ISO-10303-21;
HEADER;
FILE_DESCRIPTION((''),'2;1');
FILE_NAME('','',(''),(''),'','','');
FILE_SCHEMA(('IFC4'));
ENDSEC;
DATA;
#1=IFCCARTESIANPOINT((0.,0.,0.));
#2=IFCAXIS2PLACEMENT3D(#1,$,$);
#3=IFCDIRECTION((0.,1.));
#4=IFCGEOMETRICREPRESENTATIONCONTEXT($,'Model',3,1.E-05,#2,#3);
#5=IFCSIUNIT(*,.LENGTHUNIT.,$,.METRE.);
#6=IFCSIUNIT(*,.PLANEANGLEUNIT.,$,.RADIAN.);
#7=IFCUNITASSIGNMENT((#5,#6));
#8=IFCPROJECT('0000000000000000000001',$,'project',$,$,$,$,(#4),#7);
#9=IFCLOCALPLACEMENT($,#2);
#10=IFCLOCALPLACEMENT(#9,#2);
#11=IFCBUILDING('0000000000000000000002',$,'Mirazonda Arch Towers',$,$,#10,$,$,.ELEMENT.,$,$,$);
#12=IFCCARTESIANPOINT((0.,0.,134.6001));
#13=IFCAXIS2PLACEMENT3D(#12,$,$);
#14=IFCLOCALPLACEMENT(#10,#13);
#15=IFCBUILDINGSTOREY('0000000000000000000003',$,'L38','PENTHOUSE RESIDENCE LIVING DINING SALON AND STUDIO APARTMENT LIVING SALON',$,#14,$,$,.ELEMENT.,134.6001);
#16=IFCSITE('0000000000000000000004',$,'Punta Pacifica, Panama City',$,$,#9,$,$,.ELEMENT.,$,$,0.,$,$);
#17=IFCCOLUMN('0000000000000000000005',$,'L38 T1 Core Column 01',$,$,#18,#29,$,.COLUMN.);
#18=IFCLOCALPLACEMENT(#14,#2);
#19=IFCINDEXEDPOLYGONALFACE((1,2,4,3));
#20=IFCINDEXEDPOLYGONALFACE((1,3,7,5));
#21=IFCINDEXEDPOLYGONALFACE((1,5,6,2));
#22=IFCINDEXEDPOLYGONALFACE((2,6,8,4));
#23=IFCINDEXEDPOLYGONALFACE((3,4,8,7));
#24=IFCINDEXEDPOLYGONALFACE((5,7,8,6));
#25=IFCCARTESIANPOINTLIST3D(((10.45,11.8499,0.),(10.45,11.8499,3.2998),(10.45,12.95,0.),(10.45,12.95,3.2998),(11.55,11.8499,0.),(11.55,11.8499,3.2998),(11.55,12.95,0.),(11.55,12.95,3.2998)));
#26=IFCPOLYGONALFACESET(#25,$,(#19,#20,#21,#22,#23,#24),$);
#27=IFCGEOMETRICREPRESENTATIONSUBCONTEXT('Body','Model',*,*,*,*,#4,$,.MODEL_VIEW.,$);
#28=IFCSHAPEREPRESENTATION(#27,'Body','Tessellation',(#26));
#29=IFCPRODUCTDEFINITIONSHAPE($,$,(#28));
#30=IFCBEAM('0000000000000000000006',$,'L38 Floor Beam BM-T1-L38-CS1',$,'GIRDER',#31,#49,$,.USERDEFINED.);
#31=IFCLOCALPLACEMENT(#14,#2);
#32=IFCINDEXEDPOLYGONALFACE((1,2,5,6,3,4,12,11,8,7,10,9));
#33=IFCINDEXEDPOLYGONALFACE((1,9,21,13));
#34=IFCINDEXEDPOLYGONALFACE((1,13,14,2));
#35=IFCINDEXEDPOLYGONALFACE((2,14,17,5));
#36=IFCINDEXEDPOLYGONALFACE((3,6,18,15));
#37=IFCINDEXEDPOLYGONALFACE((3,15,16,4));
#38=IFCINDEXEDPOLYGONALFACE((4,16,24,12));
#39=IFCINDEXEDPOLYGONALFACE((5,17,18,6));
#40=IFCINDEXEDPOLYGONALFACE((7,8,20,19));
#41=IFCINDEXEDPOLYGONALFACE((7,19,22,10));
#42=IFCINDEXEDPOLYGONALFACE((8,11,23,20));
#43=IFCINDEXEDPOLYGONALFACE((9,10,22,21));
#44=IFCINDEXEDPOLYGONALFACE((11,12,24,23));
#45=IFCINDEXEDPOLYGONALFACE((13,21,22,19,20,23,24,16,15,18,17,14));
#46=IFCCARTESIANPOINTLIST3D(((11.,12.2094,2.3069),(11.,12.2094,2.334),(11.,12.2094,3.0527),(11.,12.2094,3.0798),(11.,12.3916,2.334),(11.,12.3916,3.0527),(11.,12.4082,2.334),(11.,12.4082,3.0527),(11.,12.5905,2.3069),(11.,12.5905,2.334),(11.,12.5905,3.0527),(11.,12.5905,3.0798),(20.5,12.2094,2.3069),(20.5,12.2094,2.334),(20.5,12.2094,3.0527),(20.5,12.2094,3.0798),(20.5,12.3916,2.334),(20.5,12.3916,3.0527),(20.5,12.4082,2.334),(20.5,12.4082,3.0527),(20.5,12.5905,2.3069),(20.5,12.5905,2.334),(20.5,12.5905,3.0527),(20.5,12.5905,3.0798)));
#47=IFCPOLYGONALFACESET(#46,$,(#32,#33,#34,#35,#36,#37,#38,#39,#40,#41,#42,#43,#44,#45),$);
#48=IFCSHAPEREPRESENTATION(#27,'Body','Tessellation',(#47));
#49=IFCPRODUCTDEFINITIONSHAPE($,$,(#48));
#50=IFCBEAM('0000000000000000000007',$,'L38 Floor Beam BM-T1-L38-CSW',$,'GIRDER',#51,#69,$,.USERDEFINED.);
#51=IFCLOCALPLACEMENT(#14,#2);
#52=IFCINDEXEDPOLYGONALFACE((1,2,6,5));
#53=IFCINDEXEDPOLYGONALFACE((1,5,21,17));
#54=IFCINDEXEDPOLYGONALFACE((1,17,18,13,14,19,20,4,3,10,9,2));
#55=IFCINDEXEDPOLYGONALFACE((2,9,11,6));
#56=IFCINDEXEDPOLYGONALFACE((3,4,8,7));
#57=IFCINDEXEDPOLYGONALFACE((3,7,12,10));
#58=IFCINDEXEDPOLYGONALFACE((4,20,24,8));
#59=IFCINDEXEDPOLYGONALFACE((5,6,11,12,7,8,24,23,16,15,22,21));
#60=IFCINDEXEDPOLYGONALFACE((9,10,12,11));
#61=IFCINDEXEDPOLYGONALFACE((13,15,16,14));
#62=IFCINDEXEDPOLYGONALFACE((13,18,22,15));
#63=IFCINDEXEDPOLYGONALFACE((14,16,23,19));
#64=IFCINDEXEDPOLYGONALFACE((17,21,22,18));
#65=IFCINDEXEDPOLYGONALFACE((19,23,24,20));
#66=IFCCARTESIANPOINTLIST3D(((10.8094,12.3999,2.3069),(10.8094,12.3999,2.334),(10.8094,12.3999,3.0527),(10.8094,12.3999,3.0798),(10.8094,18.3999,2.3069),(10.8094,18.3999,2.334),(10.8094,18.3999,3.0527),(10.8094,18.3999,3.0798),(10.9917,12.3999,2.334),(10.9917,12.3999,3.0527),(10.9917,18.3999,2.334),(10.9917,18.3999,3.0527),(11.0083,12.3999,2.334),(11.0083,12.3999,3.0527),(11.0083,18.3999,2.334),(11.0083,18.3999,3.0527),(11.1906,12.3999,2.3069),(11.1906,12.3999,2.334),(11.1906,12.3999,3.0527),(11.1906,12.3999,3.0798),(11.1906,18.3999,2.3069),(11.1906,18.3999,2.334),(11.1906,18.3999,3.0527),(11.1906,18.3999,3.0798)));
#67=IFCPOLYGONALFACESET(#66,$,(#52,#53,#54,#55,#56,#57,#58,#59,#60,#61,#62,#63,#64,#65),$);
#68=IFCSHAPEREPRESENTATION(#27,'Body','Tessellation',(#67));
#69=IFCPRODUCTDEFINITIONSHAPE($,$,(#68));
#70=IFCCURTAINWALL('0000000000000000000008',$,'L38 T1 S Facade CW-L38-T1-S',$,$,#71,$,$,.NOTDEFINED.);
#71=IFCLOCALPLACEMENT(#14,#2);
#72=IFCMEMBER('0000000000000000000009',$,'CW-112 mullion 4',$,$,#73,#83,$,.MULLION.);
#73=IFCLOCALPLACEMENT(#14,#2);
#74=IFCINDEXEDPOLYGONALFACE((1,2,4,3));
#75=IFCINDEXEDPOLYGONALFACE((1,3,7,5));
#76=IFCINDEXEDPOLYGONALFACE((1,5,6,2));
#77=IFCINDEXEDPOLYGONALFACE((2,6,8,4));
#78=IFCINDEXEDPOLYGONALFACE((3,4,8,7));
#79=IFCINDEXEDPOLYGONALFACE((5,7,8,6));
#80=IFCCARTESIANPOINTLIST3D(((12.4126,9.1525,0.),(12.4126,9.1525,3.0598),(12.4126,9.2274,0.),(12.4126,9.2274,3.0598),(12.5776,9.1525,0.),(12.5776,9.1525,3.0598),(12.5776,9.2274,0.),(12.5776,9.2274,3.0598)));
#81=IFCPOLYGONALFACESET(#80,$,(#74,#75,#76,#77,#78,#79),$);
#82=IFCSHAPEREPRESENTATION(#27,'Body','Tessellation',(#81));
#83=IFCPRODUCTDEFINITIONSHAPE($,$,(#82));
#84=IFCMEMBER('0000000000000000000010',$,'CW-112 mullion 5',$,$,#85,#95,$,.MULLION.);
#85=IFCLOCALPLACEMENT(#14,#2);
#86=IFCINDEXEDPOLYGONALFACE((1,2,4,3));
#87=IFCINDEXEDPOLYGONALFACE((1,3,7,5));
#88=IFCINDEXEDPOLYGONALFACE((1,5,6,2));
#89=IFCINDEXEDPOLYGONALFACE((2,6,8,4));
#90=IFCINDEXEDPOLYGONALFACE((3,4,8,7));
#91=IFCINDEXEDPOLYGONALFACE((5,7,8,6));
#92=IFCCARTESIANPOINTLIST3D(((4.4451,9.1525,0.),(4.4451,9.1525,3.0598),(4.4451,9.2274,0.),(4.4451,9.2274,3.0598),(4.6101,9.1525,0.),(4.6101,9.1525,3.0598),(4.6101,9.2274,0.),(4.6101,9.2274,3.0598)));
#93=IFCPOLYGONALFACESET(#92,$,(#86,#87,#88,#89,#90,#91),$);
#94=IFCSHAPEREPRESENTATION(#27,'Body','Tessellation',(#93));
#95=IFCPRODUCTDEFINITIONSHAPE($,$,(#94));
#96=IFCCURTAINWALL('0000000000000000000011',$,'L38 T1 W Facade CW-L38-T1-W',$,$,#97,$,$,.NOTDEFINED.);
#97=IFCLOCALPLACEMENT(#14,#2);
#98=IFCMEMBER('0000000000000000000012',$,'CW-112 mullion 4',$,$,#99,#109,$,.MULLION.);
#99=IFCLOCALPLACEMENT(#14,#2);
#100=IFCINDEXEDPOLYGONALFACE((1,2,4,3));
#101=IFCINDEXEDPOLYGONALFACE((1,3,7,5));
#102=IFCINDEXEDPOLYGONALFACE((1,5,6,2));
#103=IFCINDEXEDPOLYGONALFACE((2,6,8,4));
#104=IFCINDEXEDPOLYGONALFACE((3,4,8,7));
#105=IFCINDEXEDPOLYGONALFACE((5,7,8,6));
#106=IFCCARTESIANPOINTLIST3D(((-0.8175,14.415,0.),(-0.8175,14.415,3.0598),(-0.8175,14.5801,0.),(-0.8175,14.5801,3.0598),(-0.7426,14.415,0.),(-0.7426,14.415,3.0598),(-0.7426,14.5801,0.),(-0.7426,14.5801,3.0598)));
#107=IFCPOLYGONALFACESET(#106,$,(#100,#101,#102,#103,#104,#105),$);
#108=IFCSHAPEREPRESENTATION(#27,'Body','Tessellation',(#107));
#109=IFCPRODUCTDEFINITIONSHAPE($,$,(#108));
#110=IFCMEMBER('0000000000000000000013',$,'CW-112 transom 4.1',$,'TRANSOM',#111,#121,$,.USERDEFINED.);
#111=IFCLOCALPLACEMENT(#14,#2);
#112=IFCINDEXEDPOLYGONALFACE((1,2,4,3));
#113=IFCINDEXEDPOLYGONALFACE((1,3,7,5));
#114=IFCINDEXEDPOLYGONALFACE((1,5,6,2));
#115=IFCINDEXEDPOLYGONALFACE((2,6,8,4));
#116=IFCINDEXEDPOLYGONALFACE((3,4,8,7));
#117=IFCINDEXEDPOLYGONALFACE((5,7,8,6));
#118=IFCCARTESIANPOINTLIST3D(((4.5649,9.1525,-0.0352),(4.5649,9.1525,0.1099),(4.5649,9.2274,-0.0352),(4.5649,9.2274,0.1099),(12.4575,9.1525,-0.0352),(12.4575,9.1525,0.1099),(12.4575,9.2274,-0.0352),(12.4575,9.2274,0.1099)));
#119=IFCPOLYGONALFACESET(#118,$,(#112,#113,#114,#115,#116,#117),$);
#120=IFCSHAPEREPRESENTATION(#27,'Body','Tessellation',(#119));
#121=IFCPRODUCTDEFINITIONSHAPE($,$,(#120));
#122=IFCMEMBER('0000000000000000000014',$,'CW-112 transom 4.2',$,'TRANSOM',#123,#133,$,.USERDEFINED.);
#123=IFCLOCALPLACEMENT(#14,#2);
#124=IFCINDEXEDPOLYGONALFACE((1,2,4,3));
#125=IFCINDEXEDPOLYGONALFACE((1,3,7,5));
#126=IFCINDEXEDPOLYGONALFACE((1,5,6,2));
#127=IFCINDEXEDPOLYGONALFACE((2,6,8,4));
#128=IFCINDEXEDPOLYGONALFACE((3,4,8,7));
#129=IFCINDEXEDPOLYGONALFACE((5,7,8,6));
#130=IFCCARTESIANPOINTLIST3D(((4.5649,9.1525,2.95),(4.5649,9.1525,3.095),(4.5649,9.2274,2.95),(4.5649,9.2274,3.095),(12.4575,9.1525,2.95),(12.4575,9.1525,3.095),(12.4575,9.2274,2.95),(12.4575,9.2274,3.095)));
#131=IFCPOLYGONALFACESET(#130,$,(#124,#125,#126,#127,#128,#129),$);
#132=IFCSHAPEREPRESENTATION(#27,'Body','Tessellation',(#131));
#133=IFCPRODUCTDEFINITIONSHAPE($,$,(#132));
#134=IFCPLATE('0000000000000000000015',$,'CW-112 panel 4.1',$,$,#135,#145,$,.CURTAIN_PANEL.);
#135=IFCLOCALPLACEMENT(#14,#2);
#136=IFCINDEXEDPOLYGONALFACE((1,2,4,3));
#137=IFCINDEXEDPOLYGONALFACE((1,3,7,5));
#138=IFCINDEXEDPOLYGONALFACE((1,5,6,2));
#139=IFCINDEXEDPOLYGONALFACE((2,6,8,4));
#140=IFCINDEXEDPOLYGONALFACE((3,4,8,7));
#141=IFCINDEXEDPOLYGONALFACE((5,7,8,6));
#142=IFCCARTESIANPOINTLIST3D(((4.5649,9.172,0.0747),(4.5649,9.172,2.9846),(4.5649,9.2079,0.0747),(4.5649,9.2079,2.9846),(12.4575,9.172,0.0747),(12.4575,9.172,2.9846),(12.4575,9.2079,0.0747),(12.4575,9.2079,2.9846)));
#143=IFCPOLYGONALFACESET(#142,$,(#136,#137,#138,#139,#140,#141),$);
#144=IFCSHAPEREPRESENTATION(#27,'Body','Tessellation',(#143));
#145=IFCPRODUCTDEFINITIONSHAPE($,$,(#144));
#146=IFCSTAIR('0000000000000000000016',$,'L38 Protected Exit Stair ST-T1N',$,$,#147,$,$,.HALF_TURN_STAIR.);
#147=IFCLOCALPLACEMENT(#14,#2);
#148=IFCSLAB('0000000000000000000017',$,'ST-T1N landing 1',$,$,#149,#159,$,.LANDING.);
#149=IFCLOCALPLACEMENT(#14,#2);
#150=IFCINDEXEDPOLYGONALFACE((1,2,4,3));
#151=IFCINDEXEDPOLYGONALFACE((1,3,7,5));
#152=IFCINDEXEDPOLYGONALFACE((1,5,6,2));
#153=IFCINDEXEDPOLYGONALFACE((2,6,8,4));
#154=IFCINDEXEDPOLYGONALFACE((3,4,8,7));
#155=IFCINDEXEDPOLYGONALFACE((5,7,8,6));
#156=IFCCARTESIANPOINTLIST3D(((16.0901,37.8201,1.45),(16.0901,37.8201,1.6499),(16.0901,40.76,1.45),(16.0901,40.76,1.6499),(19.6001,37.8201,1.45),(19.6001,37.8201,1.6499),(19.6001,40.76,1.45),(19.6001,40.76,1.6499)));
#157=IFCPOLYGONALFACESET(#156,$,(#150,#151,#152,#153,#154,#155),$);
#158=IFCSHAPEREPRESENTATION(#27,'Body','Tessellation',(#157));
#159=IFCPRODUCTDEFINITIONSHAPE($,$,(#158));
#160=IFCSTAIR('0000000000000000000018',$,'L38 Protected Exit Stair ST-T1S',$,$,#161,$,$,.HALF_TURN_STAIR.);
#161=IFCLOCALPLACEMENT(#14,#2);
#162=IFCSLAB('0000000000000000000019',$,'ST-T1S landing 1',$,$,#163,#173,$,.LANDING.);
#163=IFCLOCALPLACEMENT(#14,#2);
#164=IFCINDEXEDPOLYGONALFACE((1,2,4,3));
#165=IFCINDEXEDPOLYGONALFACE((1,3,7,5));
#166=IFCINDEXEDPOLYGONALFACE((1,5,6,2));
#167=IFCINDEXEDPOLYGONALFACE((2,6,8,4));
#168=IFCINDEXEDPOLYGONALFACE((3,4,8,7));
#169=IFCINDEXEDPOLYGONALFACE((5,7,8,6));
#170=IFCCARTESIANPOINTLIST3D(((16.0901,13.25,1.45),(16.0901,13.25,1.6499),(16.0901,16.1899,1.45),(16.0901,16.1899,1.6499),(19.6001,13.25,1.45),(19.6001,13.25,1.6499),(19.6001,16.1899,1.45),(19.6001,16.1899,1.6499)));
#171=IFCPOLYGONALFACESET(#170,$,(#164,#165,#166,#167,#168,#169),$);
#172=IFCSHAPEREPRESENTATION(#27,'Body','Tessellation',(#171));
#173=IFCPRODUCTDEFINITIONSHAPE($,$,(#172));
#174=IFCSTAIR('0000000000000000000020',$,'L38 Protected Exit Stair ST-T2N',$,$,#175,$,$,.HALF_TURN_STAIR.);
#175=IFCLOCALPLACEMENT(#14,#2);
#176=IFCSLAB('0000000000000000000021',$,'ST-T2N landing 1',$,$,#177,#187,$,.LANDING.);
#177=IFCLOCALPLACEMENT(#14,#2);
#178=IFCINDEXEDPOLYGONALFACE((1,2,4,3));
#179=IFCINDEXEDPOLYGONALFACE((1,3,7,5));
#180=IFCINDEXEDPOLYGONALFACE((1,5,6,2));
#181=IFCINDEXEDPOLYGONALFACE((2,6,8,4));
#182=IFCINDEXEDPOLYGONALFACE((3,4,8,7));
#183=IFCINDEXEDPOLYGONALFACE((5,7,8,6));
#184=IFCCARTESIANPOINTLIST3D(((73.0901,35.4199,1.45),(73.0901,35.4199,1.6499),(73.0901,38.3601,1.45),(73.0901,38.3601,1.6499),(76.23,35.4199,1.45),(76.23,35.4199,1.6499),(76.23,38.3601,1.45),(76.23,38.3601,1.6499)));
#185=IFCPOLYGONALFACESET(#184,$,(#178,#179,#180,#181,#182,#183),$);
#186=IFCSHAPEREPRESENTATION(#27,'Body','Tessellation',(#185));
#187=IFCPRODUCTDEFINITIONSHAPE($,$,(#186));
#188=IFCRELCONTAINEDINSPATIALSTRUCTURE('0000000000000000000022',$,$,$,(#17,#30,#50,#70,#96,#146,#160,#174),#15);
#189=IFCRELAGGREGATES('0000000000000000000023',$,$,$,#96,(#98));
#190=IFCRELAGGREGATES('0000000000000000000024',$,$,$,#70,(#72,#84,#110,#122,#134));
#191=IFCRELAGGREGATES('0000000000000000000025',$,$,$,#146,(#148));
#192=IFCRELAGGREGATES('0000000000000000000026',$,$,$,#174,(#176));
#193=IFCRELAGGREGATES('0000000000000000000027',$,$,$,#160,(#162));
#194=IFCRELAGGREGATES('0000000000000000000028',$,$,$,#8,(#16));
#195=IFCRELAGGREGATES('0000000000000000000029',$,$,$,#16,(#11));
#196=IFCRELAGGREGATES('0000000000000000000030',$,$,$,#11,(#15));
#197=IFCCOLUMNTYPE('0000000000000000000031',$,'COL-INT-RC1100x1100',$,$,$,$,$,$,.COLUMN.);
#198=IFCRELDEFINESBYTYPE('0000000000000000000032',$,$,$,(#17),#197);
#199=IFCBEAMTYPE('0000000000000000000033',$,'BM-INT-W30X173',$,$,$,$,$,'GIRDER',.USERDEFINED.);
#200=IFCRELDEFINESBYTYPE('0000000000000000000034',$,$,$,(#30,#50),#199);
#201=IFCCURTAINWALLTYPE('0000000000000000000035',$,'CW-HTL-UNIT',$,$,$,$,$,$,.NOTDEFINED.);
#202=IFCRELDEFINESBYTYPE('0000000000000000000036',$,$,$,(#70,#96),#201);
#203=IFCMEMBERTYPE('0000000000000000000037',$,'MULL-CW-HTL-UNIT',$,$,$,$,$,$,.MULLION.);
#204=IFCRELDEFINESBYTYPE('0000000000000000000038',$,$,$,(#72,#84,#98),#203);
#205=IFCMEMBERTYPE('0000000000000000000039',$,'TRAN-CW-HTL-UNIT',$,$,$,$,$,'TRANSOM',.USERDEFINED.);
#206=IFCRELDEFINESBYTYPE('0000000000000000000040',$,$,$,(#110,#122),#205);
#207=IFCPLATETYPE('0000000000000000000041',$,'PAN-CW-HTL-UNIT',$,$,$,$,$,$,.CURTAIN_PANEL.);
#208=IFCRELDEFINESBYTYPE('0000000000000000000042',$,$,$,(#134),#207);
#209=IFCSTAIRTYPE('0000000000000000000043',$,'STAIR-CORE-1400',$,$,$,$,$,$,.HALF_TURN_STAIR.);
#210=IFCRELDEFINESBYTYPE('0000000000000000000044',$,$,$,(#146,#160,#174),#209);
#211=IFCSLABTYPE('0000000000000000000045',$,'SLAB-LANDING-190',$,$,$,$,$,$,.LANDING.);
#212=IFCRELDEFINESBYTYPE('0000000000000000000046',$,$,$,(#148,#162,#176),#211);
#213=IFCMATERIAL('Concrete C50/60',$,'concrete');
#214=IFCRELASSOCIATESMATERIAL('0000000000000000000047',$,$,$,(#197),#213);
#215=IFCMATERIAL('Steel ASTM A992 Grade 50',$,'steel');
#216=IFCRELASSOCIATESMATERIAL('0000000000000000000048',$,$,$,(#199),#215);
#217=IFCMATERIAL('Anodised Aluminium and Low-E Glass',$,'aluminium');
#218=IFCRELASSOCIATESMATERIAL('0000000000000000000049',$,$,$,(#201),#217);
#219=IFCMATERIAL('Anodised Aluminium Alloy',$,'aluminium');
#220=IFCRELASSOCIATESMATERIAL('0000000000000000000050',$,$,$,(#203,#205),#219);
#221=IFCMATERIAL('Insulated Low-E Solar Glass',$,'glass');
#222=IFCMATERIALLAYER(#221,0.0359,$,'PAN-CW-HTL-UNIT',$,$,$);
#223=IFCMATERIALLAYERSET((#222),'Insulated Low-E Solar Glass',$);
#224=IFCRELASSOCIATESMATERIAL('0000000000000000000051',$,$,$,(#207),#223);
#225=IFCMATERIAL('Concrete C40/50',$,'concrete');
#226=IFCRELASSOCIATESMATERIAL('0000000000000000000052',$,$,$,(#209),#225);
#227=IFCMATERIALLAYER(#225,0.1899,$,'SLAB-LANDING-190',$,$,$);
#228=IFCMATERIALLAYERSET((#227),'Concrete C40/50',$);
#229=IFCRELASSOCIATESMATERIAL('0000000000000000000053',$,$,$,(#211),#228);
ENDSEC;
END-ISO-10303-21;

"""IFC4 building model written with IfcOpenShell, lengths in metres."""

from ifc_helpers import new_model, si_unit, direction, frame, origin, origin_2d, place, context, subcontext, project, spatial, polyline, rectangle, i_section, outline, extrude, material, layer, layer_set, material_profile, profile_set, type_object, element, aggregate, save


model = new_model("IFC4")

# Units and contexts
model_context = context("Model", 3, precision=1e-05, world=origin(), true_north=direction((0.0, 1.0)))
body_context = subcontext(model_context, "Body", "Model", "MODEL_VIEW")
ifc_project = project(units=[si_unit("LENGTHUNIT", "METRE"), si_unit("PLANEANGLEUNIT", "RADIAN")], contexts=[model_context])

# Site, building, storey
site_placement = place(None, origin())
site = spatial("IfcSite", under=ifc_project, at=site_placement, Name="Punta Pacifica, Panama City", CompositionType="ELEMENT", RefElevation=0.0)
building_placement = place(site_placement, origin())
building = spatial("IfcBuilding", under=site, at=building_placement, Name="Mirazonda Arch Towers", CompositionType="ELEMENT")
storey_placement = place(building_placement, frame((0.0, 0.0, 134.6001)))
storey = spatial("IfcBuildingStorey", under=building, at=storey_placement, Name="L38", Description="PENTHOUSE RESIDENCE LIVING DINING SALON AND STUDIO APARTMENT LIVING SALON", CompositionType="ELEMENT", Elevation=134.6001)

# Column
ifc_material_1 = material(Name="Concrete C50/60", Category="concrete")
ifc_material_profile_1 = material_profile(ifc_material_1, rectangle(XDim=1.1001, YDim=1.1001, at=origin_2d()), Name="RC1100x1100")
ifc_profile_set_1 = profile_set([ifc_material_profile_1], Name="Concrete C50/60")
column_type = type_object("IfcColumnType", Name="COL-INT-RC1100x1100", PredefinedType="COLUMN", material=ifc_profile_set_1)
column_placement = place(storey_placement, frame((11.0, 12.3999, 0.0), z_axis=(0.0, 0.0, 1.0), x_axis=(1.0, 0.0, 0.0)))
element("IfcColumn", 1, at=column_placement, inside=storey, type_object=column_type, Name="L38 T1 Core Column 01", PredefinedType="COLUMN", context=body_context, shape_type="SweptSolid", body=[
    extrude(rectangle(XDim=1.1001, YDim=1.1001, at=origin_2d()), origin(), (0.0, 0.0, 1.0), 3.2998),
])

# Beams
ifc_material_2 = material(Name="Steel ASTM A992 Grade 50", Category="steel")
ifc_material_profile_2 = material_profile(ifc_material_2, i_section(OverallWidth=0.3811, OverallDepth=0.7729, WebThickness=0.0166, FlangeThickness=0.0271, at=origin_2d()), Name="W30X173")
ifc_profile_set_2 = profile_set([ifc_material_profile_2], Name="Steel ASTM A992 Grade 50")
beam_type = type_object("IfcBeamType", Name="BM-INT-W30X173", ElementType="GIRDER", PredefinedType="USERDEFINED", material=ifc_profile_set_2)
beam_1_placement = place(storey_placement, frame((11.0, 12.3999, 2.6934), z_axis=(1.0, 0.0, 0.0), x_axis=(0.0, 1.0, 0.0)))
element("IfcBeam", 2, at=beam_1_placement, inside=storey, type_object=beam_type, Name="L38 Floor Beam BM-T1-L38-CS1", ObjectType="GIRDER", PredefinedType="USERDEFINED", context=body_context, shape_type="SweptSolid", body=[
    extrude(i_section(OverallWidth=0.3811, OverallDepth=0.7729, WebThickness=0.0166, FlangeThickness=0.0271, at=origin_2d()), origin(), (0.0, 0.0, 1.0), 9.5),
])
beam_2_placement = place(storey_placement, frame((11.0, 12.3999, 2.6934), z_axis=(0.0, 1.0, 0.0), x_axis=(-1.0, 0.0, 0.0)))
element("IfcBeam", 3, at=beam_2_placement, inside=storey, type_object=beam_type, Name="L38 Floor Beam BM-T1-L38-CSW", ObjectType="GIRDER", PredefinedType="USERDEFINED", context=body_context, shape_type="SweptSolid", body=[
    extrude(i_section(OverallWidth=0.3811, OverallDepth=0.7729, WebThickness=0.0166, FlangeThickness=0.0271, at=origin_2d()), origin(), (0.0, 0.0, 1.0), 6.0),
])

# Curtain wall, members
ifc_material_3 = material(Name="Anodised Aluminium and Low-E Glass", Category="aluminium")
curtain_wall_type = type_object("IfcCurtainWallType", Name="CW-HTL-UNIT", PredefinedType="NOTDEFINED", material=ifc_material_3)
curtain_wall_1_placement = place(storey_placement, origin())
curtain_wall_1 = element("IfcCurtainWall", 4, at=curtain_wall_1_placement, inside=storey, type_object=curtain_wall_type, Name="L38 T1 S Facade CW-L38-T1-S", PredefinedType="NOTDEFINED")
ifc_material_4 = material(Name="Anodised Aluminium Alloy", Category="aluminium")
ifc_material_profile_3 = material_profile(ifc_material_4, rectangle(XDim=0.075, YDim=0.165, at=origin_2d()), Name="ALU-MULL-75x165")
ifc_profile_set_3 = profile_set([ifc_material_profile_3], Name="Anodised Aluminium Alloy")
member_type_1 = type_object("IfcMemberType", Name="MULL-CW-HTL-UNIT", PredefinedType="MULLION", material=ifc_profile_set_3)
member_1_placement = place(storey_placement, frame((12.4951, 9.1899, 0.0), z_axis=(0.0, 0.0, 1.0), x_axis=(0.0, -1.0, 0.0)))
member_1 = element("IfcMember", 5, at=member_1_placement, type_object=member_type_1, Name="CW-112 mullion 4", PredefinedType="MULLION", context=body_context, shape_type="SweptSolid", body=[
    extrude(rectangle(XDim=0.075, YDim=0.165, at=origin_2d()), origin(), (0.0, 0.0, 1.0), 3.0598),
])
member_2_placement = place(storey_placement, frame((4.5276, 9.1899, 0.0), z_axis=(0.0, 0.0, 1.0), x_axis=(0.0, -1.0, 0.0)))
member_2 = element("IfcMember", 6, at=member_2_placement, type_object=member_type_1, Name="CW-112 mullion 5", PredefinedType="MULLION", context=body_context, shape_type="SweptSolid", body=[
    extrude(rectangle(XDim=0.075, YDim=0.165, at=origin_2d()), origin(), (0.0, 0.0, 1.0), 3.0598),
])

# Curtain wall, member
curtain_wall_2_placement = place(storey_placement, origin())
curtain_wall_2 = element("IfcCurtainWall", 7, at=curtain_wall_2_placement, inside=storey, type_object=curtain_wall_type, Name="L38 T1 W Facade CW-L38-T1-W", PredefinedType="NOTDEFINED")
member_3_placement = place(storey_placement, frame((-0.78, 14.4976, 0.0), z_axis=(0.0, 0.0, 1.0), x_axis=(1.0, 0.0, 0.0)))
member_3 = element("IfcMember", 8, at=member_3_placement, type_object=member_type_1, Name="CW-112 mullion 4", PredefinedType="MULLION", context=body_context, shape_type="SweptSolid", body=[
    extrude(rectangle(XDim=0.075, YDim=0.165, at=origin_2d()), origin(), (0.0, 0.0, 1.0), 3.0598),
])
aggregate(curtain_wall_2, [member_3])

# Members
ifc_material_profile_4 = material_profile(ifc_material_4, rectangle(XDim=0.075, YDim=0.145, at=origin_2d()), Name="ALU-TRAN-75x145")
ifc_profile_set_4 = profile_set([ifc_material_profile_4], Name="Anodised Aluminium Alloy")
member_type_2 = type_object("IfcMemberType", Name="TRAN-CW-HTL-UNIT", ElementType="TRANSOM", PredefinedType="USERDEFINED", material=ifc_profile_set_4)
member_4_placement = place(storey_placement, frame((12.4575, 9.1899, 0.0374), z_axis=(-1.0, 0.0, 0.0), x_axis=(0.0, -1.0, 0.0)))
member_4 = element("IfcMember", 9, at=member_4_placement, type_object=member_type_2, Name="CW-112 transom 4.1", ObjectType="TRANSOM", PredefinedType="USERDEFINED", context=body_context, shape_type="SweptSolid", body=[
    extrude(rectangle(XDim=0.075, YDim=0.145, at=origin_2d()), origin(), (0.0, 0.0, 1.0), 7.8926),
])
member_5_placement = place(storey_placement, frame((12.4575, 9.1899, 3.0225), z_axis=(-1.0, 0.0, 0.0), x_axis=(0.0, -1.0, 0.0)))
member_5 = element("IfcMember", 10, at=member_5_placement, type_object=member_type_2, Name="CW-112 transom 4.2", ObjectType="TRANSOM", PredefinedType="USERDEFINED", context=body_context, shape_type="SweptSolid", body=[
    extrude(rectangle(XDim=0.075, YDim=0.145, at=origin_2d()), origin(), (0.0, 0.0, 1.0), 7.8926),
])

# Plate
ifc_material_5 = material(Name="Insulated Low-E Solar Glass", Category="glass")
ifc_layer_1 = layer(ifc_material_5, 0.0359, Name="PAN-CW-HTL-UNIT")
ifc_layer_set_1 = layer_set([ifc_layer_1], Name="Insulated Low-E Solar Glass")
plate_type = type_object("IfcPlateType", Name="PAN-CW-HTL-UNIT", PredefinedType="CURTAIN_PANEL", material=ifc_layer_set_1)
plate_placement = place(storey_placement, frame((8.5112, 9.1899, 0.0747), z_axis=(0.0, 0.0, 1.0), x_axis=(-1.0, 0.0, 0.0)))
plate = element("IfcPlate", 11, at=plate_placement, type_object=plate_type, Name="CW-112 panel 4.1", PredefinedType="CURTAIN_PANEL", context=body_context, shape_type="SweptSolid", body=[
    extrude(rectangle(XDim=7.8926, YDim=0.0359, at=origin_2d()), origin(), (0.0, 0.0, 1.0), 2.9099),
])
aggregate(curtain_wall_1, [member_1, member_2, member_4, member_5, plate])

# Stairs, slabs
ifc_material_6 = material(Name="Concrete C40/50", Category="concrete")
stair_type = type_object("IfcStairType", Name="STAIR-CORE-1400", PredefinedType="HALF_TURN_STAIR", material=ifc_material_6)
stair_1_placement = place(storey_placement, origin())
stair_1 = element("IfcStair", 12, at=stair_1_placement, inside=storey, type_object=stair_type, Name="L38 Protected Exit Stair ST-T1N", PredefinedType="HALF_TURN_STAIR")
ifc_layer_2 = layer(ifc_material_6, 0.1899, Name="SLAB-LANDING-190")
ifc_layer_set_2 = layer_set([ifc_layer_2], Name="Concrete C40/50")
slab_type_1 = type_object("IfcSlabType", Name="SLAB-LANDING-190", PredefinedType="LANDING", material=ifc_layer_set_2)
slab_1_placement = place(storey_placement, frame((0.0, 0.0, 1.45)))
slab_1 = element("IfcSlab", 13, at=slab_1_placement, type_object=slab_type_1, Name="ST-T1N landing 1", PredefinedType="LANDING", context=body_context, shape_type="SweptSolid", body=[
    extrude(outline(polyline([(16.0901, 37.8201), (19.6001, 37.8201), (19.6001, 40.76), (16.0901, 40.76), (16.0901, 37.8201)])), origin(), (0.0, 0.0, 1.0), 0.2),
])
aggregate(stair_1, [slab_1])
stair_2_placement = place(storey_placement, origin())
stair_2 = element("IfcStair", 14, at=stair_2_placement, inside=storey, type_object=stair_type, Name="L38 Protected Exit Stair ST-T1S", PredefinedType="HALF_TURN_STAIR")
slab_2_placement = place(storey_placement, frame((0.0, 0.0, 1.45)))
slab_2 = element("IfcSlab", 15, at=slab_2_placement, type_object=slab_type_1, Name="ST-T1S landing 1", PredefinedType="LANDING", context=body_context, shape_type="SweptSolid", body=[
    extrude(outline(polyline([(16.0901, 13.25), (19.6001, 13.25), (19.6001, 16.1899), (16.0901, 16.1899), (16.0901, 13.25)])), origin(), (0.0, 0.0, 1.0), 0.2),
])
stair_3_placement = place(storey_placement, origin())
stair_3 = element("IfcStair", 16, at=stair_3_placement, inside=storey, type_object=stair_type, Name="L38 Protected Exit Stair ST-T2N", PredefinedType="HALF_TURN_STAIR")
slab_3_placement = place(storey_placement, frame((0.0, 0.0, 1.45)))
slab_3 = element("IfcSlab", 17, at=slab_3_placement, type_object=slab_type_1, Name="ST-T2N landing 1", PredefinedType="LANDING", context=body_context, shape_type="SweptSolid", body=[
    extrude(outline(polyline([(73.0901, 35.4199), (76.23, 35.4199), (76.23, 38.3601), (73.0901, 38.3601), (73.0901, 35.4199)])), origin(), (0.0, 0.0, 1.0), 0.2),
])
aggregate(stair_3, [slab_3])

aggregate(stair_2, [slab_2])

save(model, "model.ifc")
